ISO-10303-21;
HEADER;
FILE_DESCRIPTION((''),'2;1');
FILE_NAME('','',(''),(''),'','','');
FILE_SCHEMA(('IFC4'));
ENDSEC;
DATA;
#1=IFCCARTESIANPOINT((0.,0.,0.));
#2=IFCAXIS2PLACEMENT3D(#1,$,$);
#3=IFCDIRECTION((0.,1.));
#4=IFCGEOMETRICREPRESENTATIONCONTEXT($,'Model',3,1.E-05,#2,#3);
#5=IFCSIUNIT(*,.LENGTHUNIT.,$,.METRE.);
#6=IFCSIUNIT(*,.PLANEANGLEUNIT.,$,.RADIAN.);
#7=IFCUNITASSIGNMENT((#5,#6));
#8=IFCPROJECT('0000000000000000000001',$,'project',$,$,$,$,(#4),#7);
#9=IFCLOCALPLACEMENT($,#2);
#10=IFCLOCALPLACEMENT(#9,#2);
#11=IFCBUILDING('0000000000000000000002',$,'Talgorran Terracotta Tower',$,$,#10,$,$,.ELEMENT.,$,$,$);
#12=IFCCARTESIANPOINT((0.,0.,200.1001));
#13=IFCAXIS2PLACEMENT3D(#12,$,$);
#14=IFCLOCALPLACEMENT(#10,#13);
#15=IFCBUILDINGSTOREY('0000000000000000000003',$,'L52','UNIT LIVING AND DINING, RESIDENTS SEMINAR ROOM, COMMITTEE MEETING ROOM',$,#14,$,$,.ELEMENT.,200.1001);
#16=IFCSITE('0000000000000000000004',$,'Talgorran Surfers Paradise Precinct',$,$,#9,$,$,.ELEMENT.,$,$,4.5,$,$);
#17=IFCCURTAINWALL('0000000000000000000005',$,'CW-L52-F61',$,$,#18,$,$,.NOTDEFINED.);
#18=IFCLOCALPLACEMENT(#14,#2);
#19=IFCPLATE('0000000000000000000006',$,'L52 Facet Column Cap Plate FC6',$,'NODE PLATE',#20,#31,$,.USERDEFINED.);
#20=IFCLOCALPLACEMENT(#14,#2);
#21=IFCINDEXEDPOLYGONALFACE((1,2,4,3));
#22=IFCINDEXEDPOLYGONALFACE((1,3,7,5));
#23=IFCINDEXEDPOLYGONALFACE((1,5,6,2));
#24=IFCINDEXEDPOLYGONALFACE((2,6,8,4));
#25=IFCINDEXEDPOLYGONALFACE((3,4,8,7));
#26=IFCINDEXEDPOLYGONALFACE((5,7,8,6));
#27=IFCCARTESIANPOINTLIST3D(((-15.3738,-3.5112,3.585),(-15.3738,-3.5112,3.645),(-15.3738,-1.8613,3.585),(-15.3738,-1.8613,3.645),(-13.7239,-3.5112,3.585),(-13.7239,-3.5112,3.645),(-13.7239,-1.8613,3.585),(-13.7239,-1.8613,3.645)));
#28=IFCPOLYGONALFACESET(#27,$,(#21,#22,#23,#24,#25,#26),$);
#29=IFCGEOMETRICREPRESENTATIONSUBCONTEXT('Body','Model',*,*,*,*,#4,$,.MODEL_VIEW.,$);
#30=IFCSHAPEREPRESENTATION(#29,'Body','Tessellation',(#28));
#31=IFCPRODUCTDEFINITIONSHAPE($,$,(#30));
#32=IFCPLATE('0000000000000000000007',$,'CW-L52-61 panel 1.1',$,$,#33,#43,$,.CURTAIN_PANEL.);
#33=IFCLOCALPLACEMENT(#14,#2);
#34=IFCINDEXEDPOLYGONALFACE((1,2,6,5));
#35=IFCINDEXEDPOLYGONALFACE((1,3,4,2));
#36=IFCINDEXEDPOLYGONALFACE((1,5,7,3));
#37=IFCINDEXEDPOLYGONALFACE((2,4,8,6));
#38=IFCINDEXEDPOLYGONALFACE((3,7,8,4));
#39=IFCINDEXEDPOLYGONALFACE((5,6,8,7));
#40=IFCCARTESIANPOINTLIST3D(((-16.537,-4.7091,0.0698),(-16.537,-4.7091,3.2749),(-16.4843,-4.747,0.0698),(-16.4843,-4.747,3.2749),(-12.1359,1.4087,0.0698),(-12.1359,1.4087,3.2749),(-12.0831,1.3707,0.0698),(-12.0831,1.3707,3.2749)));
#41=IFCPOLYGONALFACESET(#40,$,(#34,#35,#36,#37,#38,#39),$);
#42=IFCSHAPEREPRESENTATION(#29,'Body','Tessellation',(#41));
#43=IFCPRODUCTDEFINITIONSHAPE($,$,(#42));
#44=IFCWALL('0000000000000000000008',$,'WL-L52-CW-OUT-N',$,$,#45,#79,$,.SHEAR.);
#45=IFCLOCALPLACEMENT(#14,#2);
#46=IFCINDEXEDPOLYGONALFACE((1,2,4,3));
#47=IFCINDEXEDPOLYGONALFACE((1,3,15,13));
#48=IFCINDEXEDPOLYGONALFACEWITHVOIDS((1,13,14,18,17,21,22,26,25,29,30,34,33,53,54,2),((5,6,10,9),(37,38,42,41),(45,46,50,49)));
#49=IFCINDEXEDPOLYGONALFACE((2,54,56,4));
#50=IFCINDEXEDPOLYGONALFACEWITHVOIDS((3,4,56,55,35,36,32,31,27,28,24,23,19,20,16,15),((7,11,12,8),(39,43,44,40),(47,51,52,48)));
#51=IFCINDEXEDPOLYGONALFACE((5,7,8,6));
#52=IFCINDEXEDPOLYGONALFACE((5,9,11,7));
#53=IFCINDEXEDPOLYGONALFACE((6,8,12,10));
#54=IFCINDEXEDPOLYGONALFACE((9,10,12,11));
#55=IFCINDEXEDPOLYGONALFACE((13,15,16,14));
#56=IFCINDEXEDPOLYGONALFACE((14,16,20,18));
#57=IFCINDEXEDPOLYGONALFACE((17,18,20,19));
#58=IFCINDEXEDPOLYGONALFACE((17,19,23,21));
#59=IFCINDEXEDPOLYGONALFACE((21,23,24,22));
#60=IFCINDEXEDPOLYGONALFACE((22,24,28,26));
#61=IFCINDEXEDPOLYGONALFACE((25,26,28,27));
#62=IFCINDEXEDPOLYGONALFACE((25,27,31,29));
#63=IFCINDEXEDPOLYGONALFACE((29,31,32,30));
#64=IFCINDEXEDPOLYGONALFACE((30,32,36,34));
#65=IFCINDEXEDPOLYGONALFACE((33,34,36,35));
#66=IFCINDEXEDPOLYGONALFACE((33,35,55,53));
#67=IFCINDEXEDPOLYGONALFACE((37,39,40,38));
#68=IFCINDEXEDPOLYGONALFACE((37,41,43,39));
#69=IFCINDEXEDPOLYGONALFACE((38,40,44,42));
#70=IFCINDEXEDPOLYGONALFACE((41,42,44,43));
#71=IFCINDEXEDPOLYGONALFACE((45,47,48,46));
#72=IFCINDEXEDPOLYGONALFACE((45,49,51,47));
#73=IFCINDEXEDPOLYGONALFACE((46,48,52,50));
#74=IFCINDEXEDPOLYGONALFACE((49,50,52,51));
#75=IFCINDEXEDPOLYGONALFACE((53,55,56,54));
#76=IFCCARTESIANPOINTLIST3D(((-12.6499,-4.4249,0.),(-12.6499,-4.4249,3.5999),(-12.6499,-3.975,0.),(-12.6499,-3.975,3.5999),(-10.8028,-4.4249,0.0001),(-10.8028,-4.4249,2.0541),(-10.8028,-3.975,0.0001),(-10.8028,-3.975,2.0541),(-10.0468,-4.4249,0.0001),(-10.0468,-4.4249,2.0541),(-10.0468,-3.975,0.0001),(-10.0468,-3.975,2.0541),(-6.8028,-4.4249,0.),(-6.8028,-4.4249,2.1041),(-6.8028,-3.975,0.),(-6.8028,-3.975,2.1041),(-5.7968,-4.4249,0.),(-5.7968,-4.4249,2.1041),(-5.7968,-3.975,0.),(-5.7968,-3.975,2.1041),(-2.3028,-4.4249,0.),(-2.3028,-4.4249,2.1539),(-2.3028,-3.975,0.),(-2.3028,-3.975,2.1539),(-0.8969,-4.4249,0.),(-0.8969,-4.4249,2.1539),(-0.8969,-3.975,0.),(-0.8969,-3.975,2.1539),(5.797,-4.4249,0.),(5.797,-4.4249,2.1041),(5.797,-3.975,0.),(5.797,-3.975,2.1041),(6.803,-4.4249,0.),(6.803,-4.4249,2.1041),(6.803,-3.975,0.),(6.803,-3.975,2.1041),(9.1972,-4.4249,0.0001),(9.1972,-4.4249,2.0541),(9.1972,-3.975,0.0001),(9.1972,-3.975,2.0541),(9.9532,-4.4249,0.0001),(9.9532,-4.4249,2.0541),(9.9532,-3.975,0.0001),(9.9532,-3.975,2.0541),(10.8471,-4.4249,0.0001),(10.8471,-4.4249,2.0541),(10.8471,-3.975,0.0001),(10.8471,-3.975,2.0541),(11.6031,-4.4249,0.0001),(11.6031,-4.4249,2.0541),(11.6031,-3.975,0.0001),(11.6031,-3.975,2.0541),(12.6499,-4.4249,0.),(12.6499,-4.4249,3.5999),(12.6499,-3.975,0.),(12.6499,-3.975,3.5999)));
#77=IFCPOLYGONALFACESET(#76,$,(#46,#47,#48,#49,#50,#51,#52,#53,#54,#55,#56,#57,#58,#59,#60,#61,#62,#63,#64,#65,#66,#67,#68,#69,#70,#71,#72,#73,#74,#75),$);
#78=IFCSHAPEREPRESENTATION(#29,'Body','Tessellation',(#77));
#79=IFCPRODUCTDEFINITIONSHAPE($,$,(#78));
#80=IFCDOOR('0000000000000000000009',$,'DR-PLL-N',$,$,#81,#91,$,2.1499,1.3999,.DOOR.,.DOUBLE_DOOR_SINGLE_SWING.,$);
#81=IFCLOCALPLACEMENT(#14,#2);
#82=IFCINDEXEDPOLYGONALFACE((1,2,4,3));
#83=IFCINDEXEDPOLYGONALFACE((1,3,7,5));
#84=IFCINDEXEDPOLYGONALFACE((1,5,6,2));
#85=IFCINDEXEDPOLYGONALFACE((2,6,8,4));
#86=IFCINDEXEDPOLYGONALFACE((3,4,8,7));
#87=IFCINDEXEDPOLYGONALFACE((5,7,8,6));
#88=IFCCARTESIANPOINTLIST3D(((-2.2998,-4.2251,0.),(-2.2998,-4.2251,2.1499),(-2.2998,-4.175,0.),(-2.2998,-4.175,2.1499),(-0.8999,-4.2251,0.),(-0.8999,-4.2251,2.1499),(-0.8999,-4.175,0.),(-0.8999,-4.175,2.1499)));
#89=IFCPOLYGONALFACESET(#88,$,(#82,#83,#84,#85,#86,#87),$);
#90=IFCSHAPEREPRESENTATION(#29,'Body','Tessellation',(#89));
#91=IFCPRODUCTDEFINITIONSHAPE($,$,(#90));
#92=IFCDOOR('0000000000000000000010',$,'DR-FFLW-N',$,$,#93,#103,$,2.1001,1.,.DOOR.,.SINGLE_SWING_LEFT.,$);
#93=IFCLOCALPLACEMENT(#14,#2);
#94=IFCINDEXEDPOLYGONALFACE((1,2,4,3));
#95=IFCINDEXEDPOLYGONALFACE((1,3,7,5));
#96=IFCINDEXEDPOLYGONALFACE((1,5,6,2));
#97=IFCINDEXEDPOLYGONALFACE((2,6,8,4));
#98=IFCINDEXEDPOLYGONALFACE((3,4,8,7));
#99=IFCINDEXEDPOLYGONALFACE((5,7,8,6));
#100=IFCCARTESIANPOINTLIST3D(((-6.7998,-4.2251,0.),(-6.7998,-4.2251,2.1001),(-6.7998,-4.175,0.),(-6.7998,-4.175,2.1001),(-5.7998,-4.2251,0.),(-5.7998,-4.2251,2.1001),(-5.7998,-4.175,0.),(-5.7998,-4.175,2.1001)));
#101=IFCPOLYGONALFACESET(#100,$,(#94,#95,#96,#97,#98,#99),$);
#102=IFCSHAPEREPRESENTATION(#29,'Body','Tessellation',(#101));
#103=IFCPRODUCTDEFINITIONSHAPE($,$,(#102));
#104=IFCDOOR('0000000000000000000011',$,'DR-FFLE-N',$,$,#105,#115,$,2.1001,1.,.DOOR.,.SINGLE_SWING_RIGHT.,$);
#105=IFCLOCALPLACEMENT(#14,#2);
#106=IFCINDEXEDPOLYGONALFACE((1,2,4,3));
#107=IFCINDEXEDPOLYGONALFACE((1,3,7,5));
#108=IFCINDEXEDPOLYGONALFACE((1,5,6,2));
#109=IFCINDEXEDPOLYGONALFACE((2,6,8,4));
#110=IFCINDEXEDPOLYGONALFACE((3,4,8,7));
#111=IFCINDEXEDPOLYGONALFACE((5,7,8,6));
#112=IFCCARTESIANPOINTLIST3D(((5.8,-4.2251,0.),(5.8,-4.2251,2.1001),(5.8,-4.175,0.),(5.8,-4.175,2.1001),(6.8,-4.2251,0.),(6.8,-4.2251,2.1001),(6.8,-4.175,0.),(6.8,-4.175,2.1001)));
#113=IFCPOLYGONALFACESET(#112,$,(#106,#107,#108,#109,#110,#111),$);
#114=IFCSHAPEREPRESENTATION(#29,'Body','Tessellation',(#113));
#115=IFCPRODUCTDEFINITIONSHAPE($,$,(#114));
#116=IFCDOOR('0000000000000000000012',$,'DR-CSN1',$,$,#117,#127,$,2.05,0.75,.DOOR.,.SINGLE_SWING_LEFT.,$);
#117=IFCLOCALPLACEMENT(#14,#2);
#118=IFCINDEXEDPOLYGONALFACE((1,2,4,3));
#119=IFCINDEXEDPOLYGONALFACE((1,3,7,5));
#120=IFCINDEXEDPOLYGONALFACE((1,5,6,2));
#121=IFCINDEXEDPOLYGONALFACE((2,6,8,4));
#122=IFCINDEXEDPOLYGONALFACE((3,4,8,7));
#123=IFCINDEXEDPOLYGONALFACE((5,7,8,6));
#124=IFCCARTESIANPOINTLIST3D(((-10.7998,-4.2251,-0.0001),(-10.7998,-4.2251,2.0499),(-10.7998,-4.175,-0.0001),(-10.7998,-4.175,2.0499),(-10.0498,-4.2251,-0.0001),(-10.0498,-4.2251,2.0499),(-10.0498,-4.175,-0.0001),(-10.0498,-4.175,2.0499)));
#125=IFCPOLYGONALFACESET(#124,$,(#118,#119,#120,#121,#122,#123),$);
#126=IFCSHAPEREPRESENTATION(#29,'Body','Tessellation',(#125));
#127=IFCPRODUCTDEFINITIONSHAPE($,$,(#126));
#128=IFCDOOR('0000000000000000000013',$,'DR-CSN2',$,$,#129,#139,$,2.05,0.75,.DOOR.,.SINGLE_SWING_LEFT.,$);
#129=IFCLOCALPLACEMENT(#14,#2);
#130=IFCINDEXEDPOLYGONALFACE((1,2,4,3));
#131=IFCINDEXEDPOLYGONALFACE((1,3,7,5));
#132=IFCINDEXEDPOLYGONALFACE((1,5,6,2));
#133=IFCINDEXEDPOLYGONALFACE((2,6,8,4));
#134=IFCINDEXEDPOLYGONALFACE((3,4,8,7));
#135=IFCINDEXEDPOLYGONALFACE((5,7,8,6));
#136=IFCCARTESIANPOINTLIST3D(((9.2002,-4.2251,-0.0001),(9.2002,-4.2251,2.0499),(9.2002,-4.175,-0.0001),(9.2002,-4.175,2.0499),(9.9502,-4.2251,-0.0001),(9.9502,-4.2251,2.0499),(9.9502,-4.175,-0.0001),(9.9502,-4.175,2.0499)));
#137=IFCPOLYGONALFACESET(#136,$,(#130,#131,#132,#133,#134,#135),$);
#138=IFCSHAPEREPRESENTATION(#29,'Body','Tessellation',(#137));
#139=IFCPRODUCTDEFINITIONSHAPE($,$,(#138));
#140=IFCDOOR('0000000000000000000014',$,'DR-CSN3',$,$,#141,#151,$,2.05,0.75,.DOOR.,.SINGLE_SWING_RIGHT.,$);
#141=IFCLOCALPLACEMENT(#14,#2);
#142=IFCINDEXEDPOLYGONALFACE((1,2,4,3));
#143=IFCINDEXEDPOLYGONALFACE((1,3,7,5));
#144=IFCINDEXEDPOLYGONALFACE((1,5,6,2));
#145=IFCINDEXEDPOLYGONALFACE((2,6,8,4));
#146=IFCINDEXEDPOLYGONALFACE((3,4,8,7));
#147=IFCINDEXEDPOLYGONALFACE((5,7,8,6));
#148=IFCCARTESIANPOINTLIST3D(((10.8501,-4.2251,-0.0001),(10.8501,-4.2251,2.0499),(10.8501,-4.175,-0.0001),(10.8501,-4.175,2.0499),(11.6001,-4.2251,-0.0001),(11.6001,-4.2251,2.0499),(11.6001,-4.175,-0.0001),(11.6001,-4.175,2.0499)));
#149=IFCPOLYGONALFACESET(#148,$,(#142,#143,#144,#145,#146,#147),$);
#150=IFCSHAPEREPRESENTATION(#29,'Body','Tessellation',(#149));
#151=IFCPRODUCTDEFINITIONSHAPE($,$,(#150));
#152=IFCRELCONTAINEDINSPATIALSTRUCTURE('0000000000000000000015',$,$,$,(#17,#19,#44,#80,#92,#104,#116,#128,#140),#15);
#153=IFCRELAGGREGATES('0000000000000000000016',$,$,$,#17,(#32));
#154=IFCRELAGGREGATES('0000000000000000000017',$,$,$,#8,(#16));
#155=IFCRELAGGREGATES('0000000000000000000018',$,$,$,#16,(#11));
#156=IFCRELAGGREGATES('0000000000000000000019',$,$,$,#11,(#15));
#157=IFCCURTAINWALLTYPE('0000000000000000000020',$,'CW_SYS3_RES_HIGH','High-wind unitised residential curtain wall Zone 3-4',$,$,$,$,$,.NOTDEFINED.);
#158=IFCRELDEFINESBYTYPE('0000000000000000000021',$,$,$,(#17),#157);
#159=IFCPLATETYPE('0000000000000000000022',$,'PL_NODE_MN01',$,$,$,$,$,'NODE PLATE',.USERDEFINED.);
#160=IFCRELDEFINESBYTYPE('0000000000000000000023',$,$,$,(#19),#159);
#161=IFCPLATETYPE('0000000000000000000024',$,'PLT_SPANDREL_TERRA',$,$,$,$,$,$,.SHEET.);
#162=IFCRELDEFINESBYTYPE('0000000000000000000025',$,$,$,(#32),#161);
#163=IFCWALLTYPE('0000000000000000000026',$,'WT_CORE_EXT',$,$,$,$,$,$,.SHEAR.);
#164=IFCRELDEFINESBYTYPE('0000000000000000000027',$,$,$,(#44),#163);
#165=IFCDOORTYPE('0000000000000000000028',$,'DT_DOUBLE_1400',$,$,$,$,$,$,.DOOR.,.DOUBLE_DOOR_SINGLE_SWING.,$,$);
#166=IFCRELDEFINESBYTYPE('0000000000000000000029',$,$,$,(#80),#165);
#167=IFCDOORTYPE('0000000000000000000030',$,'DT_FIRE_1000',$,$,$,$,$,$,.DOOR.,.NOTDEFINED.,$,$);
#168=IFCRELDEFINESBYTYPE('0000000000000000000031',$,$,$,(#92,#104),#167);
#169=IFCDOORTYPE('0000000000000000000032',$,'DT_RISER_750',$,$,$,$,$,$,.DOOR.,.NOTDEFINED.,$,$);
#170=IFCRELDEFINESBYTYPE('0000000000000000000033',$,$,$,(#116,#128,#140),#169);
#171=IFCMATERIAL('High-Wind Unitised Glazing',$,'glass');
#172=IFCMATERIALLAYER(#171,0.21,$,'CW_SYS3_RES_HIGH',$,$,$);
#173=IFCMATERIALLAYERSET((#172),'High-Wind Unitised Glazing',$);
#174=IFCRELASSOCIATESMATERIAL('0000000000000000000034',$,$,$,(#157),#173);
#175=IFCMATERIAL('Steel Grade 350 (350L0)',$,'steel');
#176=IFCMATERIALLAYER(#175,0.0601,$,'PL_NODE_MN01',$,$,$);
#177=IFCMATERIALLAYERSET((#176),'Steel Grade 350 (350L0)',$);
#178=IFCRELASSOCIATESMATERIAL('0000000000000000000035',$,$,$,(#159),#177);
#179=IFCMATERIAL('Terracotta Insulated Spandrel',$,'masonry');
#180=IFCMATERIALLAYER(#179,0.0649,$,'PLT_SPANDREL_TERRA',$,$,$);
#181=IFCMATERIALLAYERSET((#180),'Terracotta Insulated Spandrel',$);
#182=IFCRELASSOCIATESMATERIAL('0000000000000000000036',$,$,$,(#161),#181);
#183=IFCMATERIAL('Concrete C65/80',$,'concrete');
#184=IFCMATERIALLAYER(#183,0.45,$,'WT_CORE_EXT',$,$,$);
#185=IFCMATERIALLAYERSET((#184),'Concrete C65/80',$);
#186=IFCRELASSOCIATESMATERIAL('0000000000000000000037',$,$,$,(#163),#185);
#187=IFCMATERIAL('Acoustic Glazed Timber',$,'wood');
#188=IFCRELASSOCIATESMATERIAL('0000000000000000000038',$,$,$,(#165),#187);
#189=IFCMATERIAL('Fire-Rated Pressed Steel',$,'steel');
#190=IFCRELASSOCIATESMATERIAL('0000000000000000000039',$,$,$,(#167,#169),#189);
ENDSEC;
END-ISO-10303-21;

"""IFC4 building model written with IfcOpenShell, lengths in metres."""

from ifc_helpers import new_model, si_unit, direction, frame, frame_2d, origin, origin_2d, place, context, subcontext, project, spatial, rectangle, extrude, source, transform, mapped, material, layer, layer_set, type_object, type_shapes, element, fill, aggregate, save


model = new_model("IFC4")

# Units and contexts
model_context = context("Model", 3, precision=1e-05, world=origin(), true_north=direction((0.0, 1.0)))
body_context = subcontext(model_context, "Body", "Model", "MODEL_VIEW")
ifc_project = project(units=[si_unit("LENGTHUNIT", "METRE"), si_unit("PLANEANGLEUNIT", "RADIAN")], contexts=[model_context])

# Site, building, storey
site_placement = place(None, origin())
site = spatial("IfcSite", under=ifc_project, at=site_placement, Name="Talgorran Surfers Paradise Precinct", CompositionType="ELEMENT", RefElevation=4.5)
building_placement = place(site_placement, origin())
building = spatial("IfcBuilding", under=site, at=building_placement, Name="Talgorran Terracotta Tower", CompositionType="ELEMENT")
storey_placement = place(building_placement, frame((0.0, 0.0, 200.1001)))
storey = spatial("IfcBuildingStorey", under=building, at=storey_placement, Name="L52", Description="UNIT LIVING AND DINING, RESIDENTS SEMINAR ROOM, COMMITTEE MEETING ROOM", CompositionType="ELEMENT", Elevation=200.1001)

# Shared definitions
ifc_material_1 = material(Name="Steel Grade 350 (350L0)", Category="steel")

# Curtain wall
ifc_material_2 = material(Name="High-Wind Unitised Glazing", Category="glass")
ifc_layer_1 = layer(ifc_material_2, 0.21, Name="CW_SYS3_RES_HIGH")
ifc_layer_set_1 = layer_set([ifc_layer_1], Name="High-Wind Unitised Glazing")
curtain_wall_type = type_object("IfcCurtainWallType", Name="CW_SYS3_RES_HIGH", Description="High-wind unitised residential curtain wall Zone 3-4", PredefinedType="NOTDEFINED", material=ifc_layer_set_1)
curtain_wall_placement = place(storey_placement, origin())
curtain_wall = element("IfcCurtainWall", 1, at=curtain_wall_placement, inside=storey, type_object=curtain_wall_type, Name="CW-L52-F61", PredefinedType="NOTDEFINED")

# Plates
ifc_layer_2 = layer(ifc_material_1, 0.0601, Name="PL_NODE_MN01")
ifc_layer_set_2 = layer_set([ifc_layer_2], Name="Steel Grade 350 (350L0)")
plate_type_1 = type_object("IfcPlateType", Name="PL_NODE_MN01", ElementType="NODE PLATE", PredefinedType="USERDEFINED", material=ifc_layer_set_2)
plate_1_placement = place(storey_placement, frame((-14.5488, -2.6863, 3.585), z_axis=(0.0, 0.0, 1.0), x_axis=(1.0, 0.0, 0.0)))
element("IfcPlate", 2, at=plate_1_placement, inside=storey, type_object=plate_type_1, Name="L52 Facet Column Cap Plate FC6", ObjectType="NODE PLATE", PredefinedType="USERDEFINED", context=body_context, shape_type="SweptSolid", body=[
    extrude(rectangle(XDim=1.6499, YDim=1.6499, at=origin_2d()), origin(), (0.0, 0.0, 1.0), 0.0601),
])
ifc_material_3 = material(Name="Terracotta Insulated Spandrel", Category="masonry")
ifc_layer_3 = layer(ifc_material_3, 0.0649, Name="PLT_SPANDREL_TERRA")
ifc_layer_set_3 = layer_set([ifc_layer_3], Name="Terracotta Insulated Spandrel")
plate_type_2 = type_object("IfcPlateType", Name="PLT_SPANDREL_TERRA", PredefinedType="SHEET", material=ifc_layer_set_3)
shared_shape = source(origin(), body_context, "Body", "SweptSolid", [
    extrude(rectangle(XDim=7.5364, YDim=0.0649, at=origin_2d()), origin(), (0.0, 0.0, 1.0), 3.2051),
])
type_shapes(plate_type_2, [shared_shape])
plate_2_placement = place(storey_placement, frame((-14.3101, -1.6692, 0.0698), z_axis=(0.0, 0.0, 1.0), x_axis=(-0.583982, -0.811767, 0.0)))
plate_2 = element("IfcPlate", 3, at=plate_2_placement, type_object=plate_type_2, Name="CW-L52-61 panel 1.1", PredefinedType="CURTAIN_PANEL", context=body_context, shape_type="MappedRepresentation", body=[
    mapped(shared_shape, transform((0.0, 0.0, 0.0), scale=1.0)),
])
aggregate(curtain_wall, [plate_2])

# Wall, openings, doors
ifc_material_4 = material(Name="Concrete C65/80", Category="concrete")
ifc_layer_4 = layer(ifc_material_4, 0.45, Name="WT_CORE_EXT")
ifc_layer_set_4 = layer_set([ifc_layer_4], Name="Concrete C65/80")
wall_type_1 = type_object("IfcWallType", Name="WT_CORE_EXT", PredefinedType="SHEAR", material=ifc_layer_set_4)
wall_1_placement = place(storey_placement, frame((-12.6499, -4.2, 0.0), z_axis=(0.0, 0.0, 1.0), x_axis=(1.0, 0.0, 0.0)))
wall_1 = element("IfcWall", 4, at=wall_1_placement, inside=storey, type_object=wall_type_1, Name="WL-L52-CW-OUT-N", PredefinedType="SHEAR", context=body_context, shape_type="SweptSolid", body=[
    extrude(rectangle(XDim=25.2998, YDim=0.45, at=frame_2d((12.6499, 0.0))), origin(), (0.0, 0.0, 1.0), 3.5999),
])
opening_1_placement = place(wall_1_placement, frame((1.8501, 0.0, 0.0)))
opening_1 = element("IfcOpeningElement", 5, at=opening_1_placement, cuts=wall_1, PredefinedType="OPENING", context=body_context, shape_type="SweptSolid", body=[
    extrude(rectangle(XDim=0.756, YDim=2.054, at=frame_2d((0.375, 1.0271))), frame((0.0, 0.2349, 0.0), z_axis=(0.0, -1.0, 0.0), x_axis=(1.0, 0.0, 0.0)), (0.0, 0.0, 1.0), 0.47),
])
opening_2_placement = place(wall_1_placement, frame((21.8501, 0.0, 0.0)))
opening_2 = element("IfcOpeningElement", 6, at=opening_2_placement, cuts=wall_1, PredefinedType="OPENING", context=body_context, shape_type="SweptSolid", body=[
    extrude(rectangle(XDim=0.756, YDim=2.054, at=frame_2d((0.375, 1.0271))), frame((0.0, 0.2349, 0.0), z_axis=(0.0, -1.0, 0.0), x_axis=(1.0, 0.0, 0.0)), (0.0, 0.0, 1.0), 0.47),
])
opening_3_placement = place(wall_1_placement, frame((23.5, 0.0, 0.0)))
opening_3 = element("IfcOpeningElement", 7, at=opening_3_placement, cuts=wall_1, PredefinedType="OPENING", context=body_context, shape_type="SweptSolid", body=[
    extrude(rectangle(XDim=0.756, YDim=2.054, at=frame_2d((0.375, 1.0271))), frame((0.0, 0.2349, 0.0), z_axis=(0.0, -1.0, 0.0), x_axis=(1.0, 0.0, 0.0)), (0.0, 0.0, 1.0), 0.47),
])
opening_4_placement = place(wall_1_placement, frame((5.8501, 0.0, 0.0)))
opening_4 = element("IfcOpeningElement", 8, at=opening_4_placement, cuts=wall_1, PredefinedType="OPENING", context=body_context, shape_type="SweptSolid", body=[
    extrude(rectangle(XDim=1.006, YDim=2.1041, at=frame_2d((0.5, 1.052))), frame((0.0, 0.2349, 0.0), z_axis=(0.0, -1.0, 0.0), x_axis=(1.0, 0.0, 0.0)), (0.0, 0.0, 1.0), 0.47),
])
opening_5_placement = place(wall_1_placement, frame((10.3501, 0.0, 0.0)))
opening_5 = element("IfcOpeningElement", 9, at=opening_5_placement, cuts=wall_1, PredefinedType="OPENING", context=body_context, shape_type="SweptSolid", body=[
    extrude(rectangle(XDim=1.4059, YDim=2.1539, at=frame_2d((0.7, 1.0769))), frame((0.0, 0.2349, 0.0), z_axis=(0.0, -1.0, 0.0), x_axis=(1.0, 0.0, 0.0)), (0.0, 0.0, 1.0), 0.47),
])
opening_6_placement = place(wall_1_placement, frame((18.45, 0.0, 0.0)))
opening_6 = element("IfcOpeningElement", 10, at=opening_6_placement, cuts=wall_1, PredefinedType="OPENING", context=body_context, shape_type="SweptSolid", body=[
    extrude(rectangle(XDim=1.006, YDim=2.1041, at=frame_2d((0.5, 1.052))), frame((0.0, 0.2349, 0.0), z_axis=(0.0, -1.0, 0.0), x_axis=(1.0, 0.0, 0.0)), (0.0, 0.0, 1.0), 0.47),
])
ifc_material_5 = material(Name="Acoustic Glazed Timber", Category="wood")
door_type_1 = type_object("IfcDoorType", Name="DT_DOUBLE_1400", OperationType="DOUBLE_DOOR_SINGLE_SWING", PredefinedType="DOOR", material=ifc_material_5)
door_1_placement = place(opening_5_placement, origin())
door_1 = element("IfcDoor", 11, at=door_1_placement, inside=storey, type_object=door_type_1, Name="DR-PLL-N", OperationType="DOUBLE_DOOR_SINGLE_SWING", OverallHeight=2.1499, OverallWidth=1.3999, PredefinedType="DOOR", context=body_context, shape_type="SweptSolid", body=[
    extrude(rectangle(XDim=1.3999, YDim=2.1499, at=frame_2d((0.7, 1.075))), frame((0.0, 0.0249, 0.0), z_axis=(0.0, -1.0, 0.0), x_axis=(1.0, 0.0, 0.0)), (0.0, 0.0, 1.0), 0.05),
])
fill(opening_5, door_1)
ifc_material_6 = material(Name="Fire-Rated Pressed Steel", Category="steel")
door_type_2 = type_object("IfcDoorType", Name="DT_FIRE_1000", OperationType="NOTDEFINED", PredefinedType="DOOR", material=ifc_material_6)
door_2_placement = place(opening_4_placement, origin())
door_2 = element("IfcDoor", 12, at=door_2_placement, inside=storey, type_object=door_type_2, Name="DR-FFLW-N", OperationType="SINGLE_SWING_LEFT", OverallHeight=2.1001, OverallWidth=1.0, PredefinedType="DOOR", context=body_context, shape_type="SweptSolid", body=[
    extrude(rectangle(XDim=1.0, YDim=2.1001, at=frame_2d((0.5, 1.05))), frame((0.0, 0.0249, 0.0), z_axis=(0.0, -1.0, 0.0), x_axis=(1.0, 0.0, 0.0)), (0.0, 0.0, 1.0), 0.05),
])
fill(opening_4, door_2)
door_3_placement = place(opening_6_placement, origin())
door_3 = element("IfcDoor", 13, at=door_3_placement, inside=storey, type_object=door_type_2, Name="DR-FFLE-N", OperationType="SINGLE_SWING_RIGHT", OverallHeight=2.1001, OverallWidth=1.0, PredefinedType="DOOR", context=body_context, shape_type="SweptSolid", body=[
    extrude(rectangle(XDim=1.0, YDim=2.1001, at=frame_2d((0.5, 1.05))), frame((0.0, 0.0249, 0.0), z_axis=(0.0, -1.0, 0.0), x_axis=(1.0, 0.0, 0.0)), (0.0, 0.0, 1.0), 0.05),
])
fill(opening_6, door_3)
door_type_3 = type_object("IfcDoorType", Name="DT_RISER_750", OperationType="NOTDEFINED", PredefinedType="DOOR", material=ifc_material_6)
door_4_placement = place(opening_1_placement, origin())
door_4 = element("IfcDoor", 14, at=door_4_placement, inside=storey, type_object=door_type_3, Name="DR-CSN1", OperationType="SINGLE_SWING_LEFT", OverallHeight=2.05, OverallWidth=0.75, PredefinedType="DOOR", context=body_context, shape_type="SweptSolid", body=[
    extrude(rectangle(XDim=0.75, YDim=2.05, at=frame_2d((0.375, 1.0249))), frame((0.0, 0.0249, 0.0), z_axis=(0.0, -1.0, 0.0), x_axis=(1.0, 0.0, 0.0)), (0.0, 0.0, 1.0), 0.05),
])
fill(opening_1, door_4)
door_5_placement = place(opening_2_placement, origin())
door_5 = element("IfcDoor", 15, at=door_5_placement, inside=storey, type_object=door_type_3, Name="DR-CSN2", OperationType="SINGLE_SWING_LEFT", OverallHeight=2.05, OverallWidth=0.75, PredefinedType="DOOR", context=body_context, shape_type="SweptSolid", body=[
    extrude(rectangle(XDim=0.75, YDim=2.05, at=frame_2d((0.375, 1.0249))), frame((0.0, 0.0249, 0.0), z_axis=(0.0, -1.0, 0.0), x_axis=(1.0, 0.0, 0.0)), (0.0, 0.0, 1.0), 0.05),
])
fill(opening_2, door_5)
door_6_placement = place(opening_3_placement, origin())
door_6 = element("IfcDoor", 16, at=door_6_placement, inside=storey, type_object=door_type_3, Name="DR-CSN3", OperationType="SINGLE_SWING_RIGHT", OverallHeight=2.05, OverallWidth=0.75, PredefinedType="DOOR", context=body_context, shape_type="SweptSolid", body=[
    extrude(rectangle(XDim=0.75, YDim=2.05, at=frame_2d((0.375, 1.0249))), frame((0.0, 0.0249, 0.0), z_axis=(0.0, -1.0, 0.0), x_axis=(1.0, 0.0, 0.0)), (0.0, 0.0, 1.0), 0.05),
])
fill(opening_3, door_6)

save(model, "model.ifc")
